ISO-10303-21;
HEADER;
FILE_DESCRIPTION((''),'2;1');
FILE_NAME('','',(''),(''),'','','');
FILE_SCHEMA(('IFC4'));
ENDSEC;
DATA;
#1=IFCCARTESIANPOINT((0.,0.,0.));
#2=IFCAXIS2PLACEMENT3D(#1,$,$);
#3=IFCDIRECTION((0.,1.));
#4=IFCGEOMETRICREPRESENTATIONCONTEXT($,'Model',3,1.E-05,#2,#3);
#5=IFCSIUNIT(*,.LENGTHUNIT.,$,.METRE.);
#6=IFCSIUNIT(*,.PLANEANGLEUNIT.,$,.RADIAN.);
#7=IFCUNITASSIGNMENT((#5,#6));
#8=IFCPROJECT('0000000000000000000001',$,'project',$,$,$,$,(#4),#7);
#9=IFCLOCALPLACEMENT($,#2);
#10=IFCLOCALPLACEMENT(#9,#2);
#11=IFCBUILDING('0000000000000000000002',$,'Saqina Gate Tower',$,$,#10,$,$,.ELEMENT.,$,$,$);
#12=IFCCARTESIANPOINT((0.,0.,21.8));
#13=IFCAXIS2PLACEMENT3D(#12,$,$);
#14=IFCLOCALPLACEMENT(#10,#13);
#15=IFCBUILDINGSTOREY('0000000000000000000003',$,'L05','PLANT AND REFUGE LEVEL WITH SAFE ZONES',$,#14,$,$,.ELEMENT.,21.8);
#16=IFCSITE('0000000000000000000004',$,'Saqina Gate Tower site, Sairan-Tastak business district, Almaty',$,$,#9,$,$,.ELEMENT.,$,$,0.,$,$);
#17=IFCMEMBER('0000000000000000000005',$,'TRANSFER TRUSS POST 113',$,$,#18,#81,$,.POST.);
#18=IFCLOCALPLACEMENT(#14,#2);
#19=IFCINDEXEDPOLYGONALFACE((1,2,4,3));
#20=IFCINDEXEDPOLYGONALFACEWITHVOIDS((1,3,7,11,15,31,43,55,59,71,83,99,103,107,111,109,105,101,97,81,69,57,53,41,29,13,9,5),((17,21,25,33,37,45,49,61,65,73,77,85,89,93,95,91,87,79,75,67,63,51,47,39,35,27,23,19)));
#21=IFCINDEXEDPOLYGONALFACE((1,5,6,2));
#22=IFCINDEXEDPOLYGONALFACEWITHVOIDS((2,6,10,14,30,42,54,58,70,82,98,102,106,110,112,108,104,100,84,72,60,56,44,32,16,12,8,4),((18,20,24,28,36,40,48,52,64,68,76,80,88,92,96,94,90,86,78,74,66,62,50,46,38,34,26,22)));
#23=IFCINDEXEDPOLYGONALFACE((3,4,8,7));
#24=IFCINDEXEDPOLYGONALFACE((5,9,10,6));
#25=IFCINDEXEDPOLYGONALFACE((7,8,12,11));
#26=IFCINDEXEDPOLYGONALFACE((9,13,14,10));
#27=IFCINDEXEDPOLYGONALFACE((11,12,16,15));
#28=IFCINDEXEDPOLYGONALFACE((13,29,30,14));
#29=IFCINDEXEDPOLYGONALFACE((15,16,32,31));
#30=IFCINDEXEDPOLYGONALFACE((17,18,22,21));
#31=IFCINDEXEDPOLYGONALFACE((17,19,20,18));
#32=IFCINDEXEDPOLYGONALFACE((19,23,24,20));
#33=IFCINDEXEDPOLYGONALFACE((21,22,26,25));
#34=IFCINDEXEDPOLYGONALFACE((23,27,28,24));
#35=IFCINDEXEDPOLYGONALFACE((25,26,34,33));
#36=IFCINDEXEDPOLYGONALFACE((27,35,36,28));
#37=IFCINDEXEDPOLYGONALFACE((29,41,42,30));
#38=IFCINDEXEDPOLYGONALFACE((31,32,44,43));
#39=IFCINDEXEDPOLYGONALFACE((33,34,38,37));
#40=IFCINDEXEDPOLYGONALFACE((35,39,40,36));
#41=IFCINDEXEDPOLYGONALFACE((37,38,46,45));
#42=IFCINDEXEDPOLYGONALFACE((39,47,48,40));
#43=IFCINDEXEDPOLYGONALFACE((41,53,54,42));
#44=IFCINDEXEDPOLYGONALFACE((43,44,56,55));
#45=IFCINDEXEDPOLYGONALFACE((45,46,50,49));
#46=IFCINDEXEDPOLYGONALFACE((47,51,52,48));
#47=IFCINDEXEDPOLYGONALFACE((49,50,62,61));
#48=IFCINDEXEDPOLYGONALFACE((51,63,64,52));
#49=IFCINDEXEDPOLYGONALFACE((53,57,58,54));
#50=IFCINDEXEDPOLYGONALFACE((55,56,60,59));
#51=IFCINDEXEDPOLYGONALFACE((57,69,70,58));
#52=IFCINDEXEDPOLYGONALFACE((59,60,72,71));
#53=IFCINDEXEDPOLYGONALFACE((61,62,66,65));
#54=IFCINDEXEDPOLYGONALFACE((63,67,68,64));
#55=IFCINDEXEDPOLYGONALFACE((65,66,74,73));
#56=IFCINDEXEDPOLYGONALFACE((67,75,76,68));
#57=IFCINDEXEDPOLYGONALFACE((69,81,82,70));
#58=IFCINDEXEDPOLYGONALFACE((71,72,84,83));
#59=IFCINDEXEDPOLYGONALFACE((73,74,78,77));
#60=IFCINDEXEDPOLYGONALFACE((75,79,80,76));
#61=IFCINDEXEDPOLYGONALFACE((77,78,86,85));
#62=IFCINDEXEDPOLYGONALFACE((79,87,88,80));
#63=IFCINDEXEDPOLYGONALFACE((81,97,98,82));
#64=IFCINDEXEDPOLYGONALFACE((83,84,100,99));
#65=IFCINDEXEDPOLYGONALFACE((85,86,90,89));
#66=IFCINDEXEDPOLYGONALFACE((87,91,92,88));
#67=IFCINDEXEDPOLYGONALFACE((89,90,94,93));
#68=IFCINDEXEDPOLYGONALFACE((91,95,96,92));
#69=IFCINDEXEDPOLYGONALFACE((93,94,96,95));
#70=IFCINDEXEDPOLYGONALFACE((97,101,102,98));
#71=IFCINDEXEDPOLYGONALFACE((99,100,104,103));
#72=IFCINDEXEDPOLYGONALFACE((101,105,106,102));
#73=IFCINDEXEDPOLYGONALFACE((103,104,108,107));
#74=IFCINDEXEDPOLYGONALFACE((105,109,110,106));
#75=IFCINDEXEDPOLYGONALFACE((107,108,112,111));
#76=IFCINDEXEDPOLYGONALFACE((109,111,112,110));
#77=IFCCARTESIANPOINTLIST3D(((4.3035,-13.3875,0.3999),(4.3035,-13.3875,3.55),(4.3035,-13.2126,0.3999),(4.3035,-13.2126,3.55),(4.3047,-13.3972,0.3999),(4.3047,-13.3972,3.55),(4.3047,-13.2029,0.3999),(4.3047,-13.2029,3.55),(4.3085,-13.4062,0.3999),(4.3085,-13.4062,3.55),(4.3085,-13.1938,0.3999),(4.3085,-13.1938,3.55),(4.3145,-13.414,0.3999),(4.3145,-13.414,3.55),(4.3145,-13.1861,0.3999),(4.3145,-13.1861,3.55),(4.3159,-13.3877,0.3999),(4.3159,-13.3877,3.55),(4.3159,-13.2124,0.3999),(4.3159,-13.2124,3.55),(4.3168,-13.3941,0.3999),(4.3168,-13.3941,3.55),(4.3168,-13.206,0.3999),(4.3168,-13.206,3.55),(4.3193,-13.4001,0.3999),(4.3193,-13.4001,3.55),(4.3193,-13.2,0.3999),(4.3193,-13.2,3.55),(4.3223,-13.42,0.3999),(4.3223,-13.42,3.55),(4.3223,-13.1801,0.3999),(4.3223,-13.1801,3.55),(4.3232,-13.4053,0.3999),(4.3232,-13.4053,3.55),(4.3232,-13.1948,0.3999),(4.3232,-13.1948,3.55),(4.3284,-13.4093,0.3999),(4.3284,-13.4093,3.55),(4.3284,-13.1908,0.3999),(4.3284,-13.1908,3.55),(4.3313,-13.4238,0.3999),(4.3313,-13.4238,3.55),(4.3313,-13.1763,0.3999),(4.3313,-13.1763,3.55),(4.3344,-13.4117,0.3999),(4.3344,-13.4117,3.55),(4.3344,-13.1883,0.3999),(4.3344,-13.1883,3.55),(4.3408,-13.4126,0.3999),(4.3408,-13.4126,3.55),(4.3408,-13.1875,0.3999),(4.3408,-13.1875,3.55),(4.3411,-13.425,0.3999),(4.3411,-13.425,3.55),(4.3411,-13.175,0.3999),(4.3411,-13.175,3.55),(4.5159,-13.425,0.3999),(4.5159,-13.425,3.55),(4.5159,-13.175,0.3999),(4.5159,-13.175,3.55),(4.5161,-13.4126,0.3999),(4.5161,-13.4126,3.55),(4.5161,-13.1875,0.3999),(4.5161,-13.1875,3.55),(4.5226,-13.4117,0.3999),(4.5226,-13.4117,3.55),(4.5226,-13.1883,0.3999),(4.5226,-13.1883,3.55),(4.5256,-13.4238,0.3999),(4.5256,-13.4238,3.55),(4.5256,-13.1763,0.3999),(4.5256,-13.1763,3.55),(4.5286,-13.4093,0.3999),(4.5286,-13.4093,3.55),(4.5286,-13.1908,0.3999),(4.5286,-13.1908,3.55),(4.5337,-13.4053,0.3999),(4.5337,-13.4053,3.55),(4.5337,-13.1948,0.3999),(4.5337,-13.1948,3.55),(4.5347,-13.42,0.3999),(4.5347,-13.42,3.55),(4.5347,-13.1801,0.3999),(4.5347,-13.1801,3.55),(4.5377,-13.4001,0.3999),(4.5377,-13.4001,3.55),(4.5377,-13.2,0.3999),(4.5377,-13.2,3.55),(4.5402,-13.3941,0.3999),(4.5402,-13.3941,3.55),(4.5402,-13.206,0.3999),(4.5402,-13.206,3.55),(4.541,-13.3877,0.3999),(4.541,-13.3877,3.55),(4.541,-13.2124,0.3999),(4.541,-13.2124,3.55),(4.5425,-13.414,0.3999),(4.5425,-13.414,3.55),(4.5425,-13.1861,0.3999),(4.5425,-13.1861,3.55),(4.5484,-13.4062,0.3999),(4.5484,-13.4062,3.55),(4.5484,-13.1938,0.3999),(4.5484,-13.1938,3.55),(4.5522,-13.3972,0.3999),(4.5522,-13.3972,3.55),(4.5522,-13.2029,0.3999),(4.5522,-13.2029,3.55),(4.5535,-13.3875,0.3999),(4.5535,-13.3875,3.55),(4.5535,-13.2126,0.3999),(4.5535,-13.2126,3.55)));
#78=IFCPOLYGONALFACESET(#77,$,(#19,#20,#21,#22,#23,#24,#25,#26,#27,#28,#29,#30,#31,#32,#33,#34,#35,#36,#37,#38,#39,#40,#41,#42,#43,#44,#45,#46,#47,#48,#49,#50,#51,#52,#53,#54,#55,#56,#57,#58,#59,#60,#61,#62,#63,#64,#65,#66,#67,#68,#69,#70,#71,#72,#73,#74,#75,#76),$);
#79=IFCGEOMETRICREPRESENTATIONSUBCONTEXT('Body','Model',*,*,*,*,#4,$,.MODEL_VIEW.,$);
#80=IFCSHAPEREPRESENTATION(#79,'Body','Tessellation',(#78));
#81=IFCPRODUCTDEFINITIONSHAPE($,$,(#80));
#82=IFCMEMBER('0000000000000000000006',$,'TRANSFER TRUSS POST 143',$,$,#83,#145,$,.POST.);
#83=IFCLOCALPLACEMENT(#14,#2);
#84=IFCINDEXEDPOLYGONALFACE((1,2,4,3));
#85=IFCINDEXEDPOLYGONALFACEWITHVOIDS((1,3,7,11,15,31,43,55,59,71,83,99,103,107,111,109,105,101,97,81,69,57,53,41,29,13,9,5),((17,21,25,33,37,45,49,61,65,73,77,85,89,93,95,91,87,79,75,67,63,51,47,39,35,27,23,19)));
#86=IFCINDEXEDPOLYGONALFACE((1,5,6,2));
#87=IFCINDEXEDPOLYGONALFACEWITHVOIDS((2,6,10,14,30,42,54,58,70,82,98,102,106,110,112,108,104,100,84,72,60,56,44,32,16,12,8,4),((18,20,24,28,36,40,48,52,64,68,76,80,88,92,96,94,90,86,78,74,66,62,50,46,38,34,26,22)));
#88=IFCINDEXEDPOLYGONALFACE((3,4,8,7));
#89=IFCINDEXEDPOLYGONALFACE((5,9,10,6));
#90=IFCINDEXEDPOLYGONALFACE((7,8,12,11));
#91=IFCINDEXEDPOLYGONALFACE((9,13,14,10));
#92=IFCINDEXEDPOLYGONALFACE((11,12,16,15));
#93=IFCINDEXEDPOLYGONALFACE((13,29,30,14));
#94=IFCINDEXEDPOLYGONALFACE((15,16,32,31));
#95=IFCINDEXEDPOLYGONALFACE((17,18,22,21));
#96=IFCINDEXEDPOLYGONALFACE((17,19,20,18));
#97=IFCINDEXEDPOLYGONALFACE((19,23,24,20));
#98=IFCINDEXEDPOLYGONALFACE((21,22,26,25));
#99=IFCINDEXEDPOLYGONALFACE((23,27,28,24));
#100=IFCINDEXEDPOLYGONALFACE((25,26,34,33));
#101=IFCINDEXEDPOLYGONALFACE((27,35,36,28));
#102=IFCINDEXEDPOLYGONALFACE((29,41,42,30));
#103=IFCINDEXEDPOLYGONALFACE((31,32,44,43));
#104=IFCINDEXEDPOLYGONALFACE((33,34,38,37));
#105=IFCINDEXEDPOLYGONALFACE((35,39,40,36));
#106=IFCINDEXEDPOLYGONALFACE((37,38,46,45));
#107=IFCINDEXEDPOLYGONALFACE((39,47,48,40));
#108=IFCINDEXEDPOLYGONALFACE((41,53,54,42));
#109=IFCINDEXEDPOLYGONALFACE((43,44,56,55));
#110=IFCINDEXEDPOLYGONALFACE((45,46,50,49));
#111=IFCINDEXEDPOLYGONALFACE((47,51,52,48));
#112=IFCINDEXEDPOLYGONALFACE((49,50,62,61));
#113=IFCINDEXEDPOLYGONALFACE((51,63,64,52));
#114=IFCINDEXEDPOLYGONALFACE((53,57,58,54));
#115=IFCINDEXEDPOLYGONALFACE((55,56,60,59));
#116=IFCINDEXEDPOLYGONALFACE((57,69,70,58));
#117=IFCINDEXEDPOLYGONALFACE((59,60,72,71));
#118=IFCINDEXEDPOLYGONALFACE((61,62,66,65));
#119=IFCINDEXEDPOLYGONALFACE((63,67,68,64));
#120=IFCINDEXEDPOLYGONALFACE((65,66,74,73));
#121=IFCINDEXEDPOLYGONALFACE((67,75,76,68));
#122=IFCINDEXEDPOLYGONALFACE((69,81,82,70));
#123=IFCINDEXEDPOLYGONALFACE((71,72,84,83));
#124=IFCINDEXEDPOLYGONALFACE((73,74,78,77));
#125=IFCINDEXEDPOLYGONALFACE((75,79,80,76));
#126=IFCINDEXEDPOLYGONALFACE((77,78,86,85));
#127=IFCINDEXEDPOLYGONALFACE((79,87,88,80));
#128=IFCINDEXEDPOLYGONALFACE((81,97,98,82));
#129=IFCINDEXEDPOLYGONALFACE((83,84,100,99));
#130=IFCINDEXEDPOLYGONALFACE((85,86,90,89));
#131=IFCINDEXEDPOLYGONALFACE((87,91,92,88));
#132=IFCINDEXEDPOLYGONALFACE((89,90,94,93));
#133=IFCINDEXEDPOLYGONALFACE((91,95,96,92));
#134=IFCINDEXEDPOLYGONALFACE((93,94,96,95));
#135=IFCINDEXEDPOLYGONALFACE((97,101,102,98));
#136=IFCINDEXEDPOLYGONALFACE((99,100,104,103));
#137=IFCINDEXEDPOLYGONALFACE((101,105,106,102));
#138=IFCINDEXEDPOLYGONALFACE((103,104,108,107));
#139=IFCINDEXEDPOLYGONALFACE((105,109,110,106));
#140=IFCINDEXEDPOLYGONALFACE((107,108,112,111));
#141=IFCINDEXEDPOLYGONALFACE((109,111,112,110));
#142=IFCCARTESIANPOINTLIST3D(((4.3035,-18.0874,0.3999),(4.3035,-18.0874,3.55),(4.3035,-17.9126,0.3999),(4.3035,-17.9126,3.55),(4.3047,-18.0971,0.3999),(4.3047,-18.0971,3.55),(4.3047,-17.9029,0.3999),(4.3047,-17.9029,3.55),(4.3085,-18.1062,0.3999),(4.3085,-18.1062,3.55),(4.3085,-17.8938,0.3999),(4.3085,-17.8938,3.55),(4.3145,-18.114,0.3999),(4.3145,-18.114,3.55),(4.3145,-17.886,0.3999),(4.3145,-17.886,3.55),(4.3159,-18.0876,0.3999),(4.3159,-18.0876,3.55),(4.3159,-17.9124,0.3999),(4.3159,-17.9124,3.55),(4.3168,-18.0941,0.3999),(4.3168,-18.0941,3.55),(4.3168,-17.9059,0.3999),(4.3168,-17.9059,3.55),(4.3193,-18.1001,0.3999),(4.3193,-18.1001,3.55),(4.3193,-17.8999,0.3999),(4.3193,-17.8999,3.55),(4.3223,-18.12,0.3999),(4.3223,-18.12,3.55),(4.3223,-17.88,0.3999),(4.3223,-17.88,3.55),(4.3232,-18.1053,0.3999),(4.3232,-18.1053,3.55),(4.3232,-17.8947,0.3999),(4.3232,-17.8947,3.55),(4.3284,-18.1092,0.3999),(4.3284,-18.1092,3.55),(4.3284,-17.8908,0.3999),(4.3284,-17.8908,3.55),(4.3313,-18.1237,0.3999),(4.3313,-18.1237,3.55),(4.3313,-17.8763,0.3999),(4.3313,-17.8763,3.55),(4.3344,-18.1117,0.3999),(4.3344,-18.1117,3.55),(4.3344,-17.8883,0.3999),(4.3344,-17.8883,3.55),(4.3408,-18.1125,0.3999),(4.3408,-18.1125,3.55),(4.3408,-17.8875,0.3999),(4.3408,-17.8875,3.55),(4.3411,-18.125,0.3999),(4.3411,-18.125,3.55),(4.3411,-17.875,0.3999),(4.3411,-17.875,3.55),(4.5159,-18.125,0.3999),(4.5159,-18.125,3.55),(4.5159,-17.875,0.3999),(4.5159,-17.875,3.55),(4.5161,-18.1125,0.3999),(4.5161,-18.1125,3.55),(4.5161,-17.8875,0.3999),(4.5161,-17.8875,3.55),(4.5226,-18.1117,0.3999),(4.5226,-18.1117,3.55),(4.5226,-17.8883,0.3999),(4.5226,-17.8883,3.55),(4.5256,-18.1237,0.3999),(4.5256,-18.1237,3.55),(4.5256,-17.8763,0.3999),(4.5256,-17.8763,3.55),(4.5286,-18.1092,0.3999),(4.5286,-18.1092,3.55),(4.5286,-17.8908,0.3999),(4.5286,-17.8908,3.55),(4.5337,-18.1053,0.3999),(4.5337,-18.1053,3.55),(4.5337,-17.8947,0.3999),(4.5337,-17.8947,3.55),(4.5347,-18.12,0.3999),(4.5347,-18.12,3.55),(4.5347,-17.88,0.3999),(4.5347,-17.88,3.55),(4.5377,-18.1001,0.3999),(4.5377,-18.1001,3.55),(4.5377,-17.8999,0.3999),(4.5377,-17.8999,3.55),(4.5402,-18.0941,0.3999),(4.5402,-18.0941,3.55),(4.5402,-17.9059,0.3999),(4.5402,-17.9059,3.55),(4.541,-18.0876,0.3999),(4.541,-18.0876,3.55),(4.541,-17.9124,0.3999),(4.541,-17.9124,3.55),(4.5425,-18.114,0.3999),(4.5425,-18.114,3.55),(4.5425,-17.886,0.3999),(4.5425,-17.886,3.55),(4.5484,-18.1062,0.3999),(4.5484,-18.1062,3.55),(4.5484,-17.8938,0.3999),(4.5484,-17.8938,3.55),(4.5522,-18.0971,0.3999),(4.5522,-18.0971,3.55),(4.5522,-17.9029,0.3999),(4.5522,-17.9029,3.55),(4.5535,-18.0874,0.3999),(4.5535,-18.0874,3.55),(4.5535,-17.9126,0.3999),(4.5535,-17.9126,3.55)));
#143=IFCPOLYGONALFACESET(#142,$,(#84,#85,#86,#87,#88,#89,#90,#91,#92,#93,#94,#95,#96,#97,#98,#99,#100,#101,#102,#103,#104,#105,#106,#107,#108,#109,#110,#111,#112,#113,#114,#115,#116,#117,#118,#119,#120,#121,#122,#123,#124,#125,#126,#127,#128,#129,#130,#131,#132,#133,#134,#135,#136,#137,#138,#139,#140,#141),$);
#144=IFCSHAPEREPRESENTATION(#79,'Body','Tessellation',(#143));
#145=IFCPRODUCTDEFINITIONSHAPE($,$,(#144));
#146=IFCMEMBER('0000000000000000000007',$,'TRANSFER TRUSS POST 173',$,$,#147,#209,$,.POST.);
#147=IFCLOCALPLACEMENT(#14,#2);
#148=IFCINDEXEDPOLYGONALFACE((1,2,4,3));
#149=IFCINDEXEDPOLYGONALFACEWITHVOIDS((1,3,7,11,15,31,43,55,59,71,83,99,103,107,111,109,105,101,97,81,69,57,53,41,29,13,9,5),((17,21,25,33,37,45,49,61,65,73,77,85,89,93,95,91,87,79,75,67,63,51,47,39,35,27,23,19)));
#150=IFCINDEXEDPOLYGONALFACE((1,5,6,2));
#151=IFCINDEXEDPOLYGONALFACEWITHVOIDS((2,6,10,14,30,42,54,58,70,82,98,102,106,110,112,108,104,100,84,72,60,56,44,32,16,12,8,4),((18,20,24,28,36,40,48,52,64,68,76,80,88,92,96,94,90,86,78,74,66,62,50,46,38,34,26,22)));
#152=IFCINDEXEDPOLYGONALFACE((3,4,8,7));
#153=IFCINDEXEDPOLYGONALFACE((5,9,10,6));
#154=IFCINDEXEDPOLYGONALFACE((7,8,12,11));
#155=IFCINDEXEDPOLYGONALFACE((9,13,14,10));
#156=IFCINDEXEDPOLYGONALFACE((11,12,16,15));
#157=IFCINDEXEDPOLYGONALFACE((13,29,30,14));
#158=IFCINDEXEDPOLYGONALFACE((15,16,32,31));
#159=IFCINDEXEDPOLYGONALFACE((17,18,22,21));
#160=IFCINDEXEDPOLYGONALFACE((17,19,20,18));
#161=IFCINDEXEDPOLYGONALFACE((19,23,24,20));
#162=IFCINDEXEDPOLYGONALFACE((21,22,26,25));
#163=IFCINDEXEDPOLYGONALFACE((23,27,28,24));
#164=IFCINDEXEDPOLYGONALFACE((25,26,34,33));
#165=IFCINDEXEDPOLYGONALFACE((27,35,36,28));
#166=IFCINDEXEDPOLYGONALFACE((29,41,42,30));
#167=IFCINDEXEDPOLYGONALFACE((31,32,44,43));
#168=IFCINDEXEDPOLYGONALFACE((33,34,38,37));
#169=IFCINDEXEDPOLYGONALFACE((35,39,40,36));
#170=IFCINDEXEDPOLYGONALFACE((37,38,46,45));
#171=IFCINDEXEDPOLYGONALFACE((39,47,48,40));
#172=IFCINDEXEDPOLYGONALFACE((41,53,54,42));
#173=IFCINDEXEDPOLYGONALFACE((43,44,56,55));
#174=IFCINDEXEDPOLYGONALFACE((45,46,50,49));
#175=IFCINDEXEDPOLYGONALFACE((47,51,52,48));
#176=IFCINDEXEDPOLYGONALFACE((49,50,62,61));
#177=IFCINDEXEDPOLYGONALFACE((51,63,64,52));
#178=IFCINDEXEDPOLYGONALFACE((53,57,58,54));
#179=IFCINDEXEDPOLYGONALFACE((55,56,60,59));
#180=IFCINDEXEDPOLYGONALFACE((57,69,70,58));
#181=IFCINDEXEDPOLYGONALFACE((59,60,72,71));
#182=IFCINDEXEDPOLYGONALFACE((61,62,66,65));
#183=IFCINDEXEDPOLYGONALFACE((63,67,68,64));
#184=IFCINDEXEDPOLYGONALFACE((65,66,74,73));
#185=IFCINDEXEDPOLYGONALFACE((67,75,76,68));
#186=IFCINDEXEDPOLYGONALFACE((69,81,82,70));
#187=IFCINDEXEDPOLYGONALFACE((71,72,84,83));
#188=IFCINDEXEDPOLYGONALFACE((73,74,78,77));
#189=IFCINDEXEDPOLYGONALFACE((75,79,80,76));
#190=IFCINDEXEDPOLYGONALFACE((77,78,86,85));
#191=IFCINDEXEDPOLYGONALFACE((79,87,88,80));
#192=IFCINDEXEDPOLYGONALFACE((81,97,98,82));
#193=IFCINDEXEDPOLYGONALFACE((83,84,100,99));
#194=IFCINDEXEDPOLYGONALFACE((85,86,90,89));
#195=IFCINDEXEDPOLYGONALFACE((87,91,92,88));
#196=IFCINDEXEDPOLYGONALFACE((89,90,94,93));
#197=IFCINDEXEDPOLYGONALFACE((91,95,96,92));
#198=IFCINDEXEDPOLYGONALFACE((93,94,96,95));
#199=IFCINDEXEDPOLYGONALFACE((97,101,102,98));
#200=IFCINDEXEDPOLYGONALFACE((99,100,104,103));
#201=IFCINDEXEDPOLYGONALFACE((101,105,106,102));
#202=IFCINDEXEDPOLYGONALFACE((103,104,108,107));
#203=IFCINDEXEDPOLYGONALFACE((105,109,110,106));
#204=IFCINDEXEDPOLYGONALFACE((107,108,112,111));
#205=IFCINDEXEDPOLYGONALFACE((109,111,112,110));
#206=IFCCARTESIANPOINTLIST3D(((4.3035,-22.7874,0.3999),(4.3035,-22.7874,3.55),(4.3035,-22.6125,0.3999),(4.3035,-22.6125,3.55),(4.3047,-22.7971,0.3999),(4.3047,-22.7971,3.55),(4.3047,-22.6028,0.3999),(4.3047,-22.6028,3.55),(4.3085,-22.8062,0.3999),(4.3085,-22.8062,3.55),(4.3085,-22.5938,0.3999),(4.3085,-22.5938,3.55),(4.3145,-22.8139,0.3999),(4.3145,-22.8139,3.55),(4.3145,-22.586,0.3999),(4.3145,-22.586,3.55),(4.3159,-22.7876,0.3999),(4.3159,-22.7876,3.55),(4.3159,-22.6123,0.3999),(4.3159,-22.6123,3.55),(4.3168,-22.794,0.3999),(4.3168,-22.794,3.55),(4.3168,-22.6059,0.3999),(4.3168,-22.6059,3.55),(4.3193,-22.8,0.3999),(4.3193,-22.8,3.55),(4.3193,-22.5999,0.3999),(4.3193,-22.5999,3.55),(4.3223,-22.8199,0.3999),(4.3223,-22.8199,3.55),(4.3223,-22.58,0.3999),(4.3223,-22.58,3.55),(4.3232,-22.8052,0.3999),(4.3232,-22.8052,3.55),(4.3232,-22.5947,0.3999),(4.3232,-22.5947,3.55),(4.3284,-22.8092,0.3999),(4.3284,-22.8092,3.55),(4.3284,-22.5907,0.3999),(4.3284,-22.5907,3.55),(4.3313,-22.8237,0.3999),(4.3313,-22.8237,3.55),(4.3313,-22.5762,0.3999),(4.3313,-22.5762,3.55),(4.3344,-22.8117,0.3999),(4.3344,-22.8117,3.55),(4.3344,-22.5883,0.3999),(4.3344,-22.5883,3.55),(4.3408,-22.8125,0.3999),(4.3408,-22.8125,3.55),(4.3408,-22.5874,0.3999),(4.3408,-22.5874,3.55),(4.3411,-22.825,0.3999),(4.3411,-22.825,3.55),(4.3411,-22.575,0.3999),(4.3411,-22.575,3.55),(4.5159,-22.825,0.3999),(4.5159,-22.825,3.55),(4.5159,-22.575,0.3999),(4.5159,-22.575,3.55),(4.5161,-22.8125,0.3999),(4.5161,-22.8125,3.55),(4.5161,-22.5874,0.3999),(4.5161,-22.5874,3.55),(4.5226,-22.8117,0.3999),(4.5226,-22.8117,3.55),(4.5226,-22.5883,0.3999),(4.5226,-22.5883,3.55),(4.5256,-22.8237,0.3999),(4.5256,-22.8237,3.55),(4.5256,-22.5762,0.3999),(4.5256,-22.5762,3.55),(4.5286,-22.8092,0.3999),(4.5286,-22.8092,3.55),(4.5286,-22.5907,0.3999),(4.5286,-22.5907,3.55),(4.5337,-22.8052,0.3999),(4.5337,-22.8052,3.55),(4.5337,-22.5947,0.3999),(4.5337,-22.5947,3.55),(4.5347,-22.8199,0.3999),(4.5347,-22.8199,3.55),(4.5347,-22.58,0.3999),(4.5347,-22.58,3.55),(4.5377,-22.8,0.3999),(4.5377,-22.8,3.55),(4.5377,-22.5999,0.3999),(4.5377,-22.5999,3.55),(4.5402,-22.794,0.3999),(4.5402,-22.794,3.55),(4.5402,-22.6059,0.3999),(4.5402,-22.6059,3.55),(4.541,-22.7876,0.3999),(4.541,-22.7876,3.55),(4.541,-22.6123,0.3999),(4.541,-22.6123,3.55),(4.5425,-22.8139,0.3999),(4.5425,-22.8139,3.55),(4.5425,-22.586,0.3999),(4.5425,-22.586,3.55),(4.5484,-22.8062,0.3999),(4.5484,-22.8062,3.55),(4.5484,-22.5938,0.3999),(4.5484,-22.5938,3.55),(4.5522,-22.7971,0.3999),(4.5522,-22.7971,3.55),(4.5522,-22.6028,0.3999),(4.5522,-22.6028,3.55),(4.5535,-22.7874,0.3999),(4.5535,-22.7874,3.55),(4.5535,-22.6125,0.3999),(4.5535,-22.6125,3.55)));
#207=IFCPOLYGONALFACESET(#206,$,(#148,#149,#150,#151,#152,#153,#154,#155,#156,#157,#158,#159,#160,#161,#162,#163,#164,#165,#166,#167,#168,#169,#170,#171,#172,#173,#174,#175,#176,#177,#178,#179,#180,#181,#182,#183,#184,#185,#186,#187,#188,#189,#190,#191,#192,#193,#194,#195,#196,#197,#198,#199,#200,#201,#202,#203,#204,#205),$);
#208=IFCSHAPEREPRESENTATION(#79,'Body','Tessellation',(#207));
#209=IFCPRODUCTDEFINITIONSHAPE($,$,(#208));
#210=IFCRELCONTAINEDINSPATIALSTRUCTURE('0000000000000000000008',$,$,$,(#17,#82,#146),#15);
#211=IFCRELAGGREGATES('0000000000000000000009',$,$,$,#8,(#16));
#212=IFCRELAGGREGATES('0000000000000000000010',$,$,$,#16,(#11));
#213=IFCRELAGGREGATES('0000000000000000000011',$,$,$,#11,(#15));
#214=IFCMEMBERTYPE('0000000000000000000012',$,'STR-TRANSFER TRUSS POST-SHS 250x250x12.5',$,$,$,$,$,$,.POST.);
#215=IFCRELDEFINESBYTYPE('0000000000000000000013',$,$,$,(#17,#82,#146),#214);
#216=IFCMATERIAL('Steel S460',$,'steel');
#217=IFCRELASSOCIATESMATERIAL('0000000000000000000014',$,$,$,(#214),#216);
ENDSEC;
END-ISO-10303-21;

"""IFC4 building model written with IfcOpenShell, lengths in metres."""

from ifc_helpers import new_model, si_unit, direction, frame, origin, origin_2d, place, context, subcontext, project, spatial, hollow_rectangle, extrude, material, material_profile, profile_set, type_object, element, save


model = new_model("IFC4")

# Units and contexts
model_context = context("Model", 3, precision=1e-05, world=origin(), true_north=direction((0.0, 1.0)))
body_context = subcontext(model_context, "Body", "Model", "MODEL_VIEW")
ifc_project = project(units=[si_unit("LENGTHUNIT", "METRE"), si_unit("PLANEANGLEUNIT", "RADIAN")], contexts=[model_context])

# Site, building, storey
site_placement = place(None, origin())
site = spatial("IfcSite", under=ifc_project, at=site_placement, Name="Saqina Gate Tower site, Sairan-Tastak business district, Almaty", CompositionType="ELEMENT", RefElevation=0.0)
building_placement = place(site_placement, origin())
building = spatial("IfcBuilding", under=site, at=building_placement, Name="Saqina Gate Tower", CompositionType="ELEMENT")
storey_placement = place(building_placement, frame((0.0, 0.0, 21.8)))
storey = spatial("IfcBuildingStorey", under=building, at=storey_placement, Name="L05", Description="PLANT AND REFUGE LEVEL WITH SAFE ZONES", CompositionType="ELEMENT", Elevation=21.8)

# Members
ifc_material_1 = material(Name="Steel S460", Category="steel")
ifc_material_profile_1 = material_profile(ifc_material_1, hollow_rectangle(XDim=0.25, YDim=0.25, WallThickness=0.0125, InnerFilletRadius=0.0249, OuterFilletRadius=0.0376, at=origin_2d()), Name="SHS 250x250x12.5")
ifc_profile_set_1 = profile_set([ifc_material_profile_1], Name="Steel S460")
member_type_1 = type_object("IfcMemberType", Name="STR-TRANSFER TRUSS POST-SHS 250x250x12.5", PredefinedType="POST", material=ifc_profile_set_1)
for number, where, z_axis, x_axis, name in (
    (1, (4.4285, -13.3, 0.3999), (0.0, 0.0, 1.0), (1.0, 0.0, 0.0), "TRANSFER TRUSS POST 113"),
    (2, (4.4285, -18.0, 0.3999), (0.0, 0.0, 1.0), (1.0, 0.0, 0.0), "TRANSFER TRUSS POST 143"),
    (3, (4.4285, -22.7, 0.3999), (0.0, 0.0, 1.0), (1.0, 0.0, 0.0), "TRANSFER TRUSS POST 173"),
):
    element("IfcMember", number, at=place(storey_placement, frame(where, z_axis=z_axis, x_axis=x_axis)), inside=storey, type_object=member_type_1, Name=name, PredefinedType="POST", context=body_context, shape_type="SweptSolid", body=[
        extrude(hollow_rectangle(XDim=0.25, YDim=0.25, WallThickness=0.0125, InnerFilletRadius=0.0249, OuterFilletRadius=0.0376, at=origin_2d()), origin(), (0.0, 0.0, 1.0), 3.1501),
    ])

save(model, "model.ifc")
